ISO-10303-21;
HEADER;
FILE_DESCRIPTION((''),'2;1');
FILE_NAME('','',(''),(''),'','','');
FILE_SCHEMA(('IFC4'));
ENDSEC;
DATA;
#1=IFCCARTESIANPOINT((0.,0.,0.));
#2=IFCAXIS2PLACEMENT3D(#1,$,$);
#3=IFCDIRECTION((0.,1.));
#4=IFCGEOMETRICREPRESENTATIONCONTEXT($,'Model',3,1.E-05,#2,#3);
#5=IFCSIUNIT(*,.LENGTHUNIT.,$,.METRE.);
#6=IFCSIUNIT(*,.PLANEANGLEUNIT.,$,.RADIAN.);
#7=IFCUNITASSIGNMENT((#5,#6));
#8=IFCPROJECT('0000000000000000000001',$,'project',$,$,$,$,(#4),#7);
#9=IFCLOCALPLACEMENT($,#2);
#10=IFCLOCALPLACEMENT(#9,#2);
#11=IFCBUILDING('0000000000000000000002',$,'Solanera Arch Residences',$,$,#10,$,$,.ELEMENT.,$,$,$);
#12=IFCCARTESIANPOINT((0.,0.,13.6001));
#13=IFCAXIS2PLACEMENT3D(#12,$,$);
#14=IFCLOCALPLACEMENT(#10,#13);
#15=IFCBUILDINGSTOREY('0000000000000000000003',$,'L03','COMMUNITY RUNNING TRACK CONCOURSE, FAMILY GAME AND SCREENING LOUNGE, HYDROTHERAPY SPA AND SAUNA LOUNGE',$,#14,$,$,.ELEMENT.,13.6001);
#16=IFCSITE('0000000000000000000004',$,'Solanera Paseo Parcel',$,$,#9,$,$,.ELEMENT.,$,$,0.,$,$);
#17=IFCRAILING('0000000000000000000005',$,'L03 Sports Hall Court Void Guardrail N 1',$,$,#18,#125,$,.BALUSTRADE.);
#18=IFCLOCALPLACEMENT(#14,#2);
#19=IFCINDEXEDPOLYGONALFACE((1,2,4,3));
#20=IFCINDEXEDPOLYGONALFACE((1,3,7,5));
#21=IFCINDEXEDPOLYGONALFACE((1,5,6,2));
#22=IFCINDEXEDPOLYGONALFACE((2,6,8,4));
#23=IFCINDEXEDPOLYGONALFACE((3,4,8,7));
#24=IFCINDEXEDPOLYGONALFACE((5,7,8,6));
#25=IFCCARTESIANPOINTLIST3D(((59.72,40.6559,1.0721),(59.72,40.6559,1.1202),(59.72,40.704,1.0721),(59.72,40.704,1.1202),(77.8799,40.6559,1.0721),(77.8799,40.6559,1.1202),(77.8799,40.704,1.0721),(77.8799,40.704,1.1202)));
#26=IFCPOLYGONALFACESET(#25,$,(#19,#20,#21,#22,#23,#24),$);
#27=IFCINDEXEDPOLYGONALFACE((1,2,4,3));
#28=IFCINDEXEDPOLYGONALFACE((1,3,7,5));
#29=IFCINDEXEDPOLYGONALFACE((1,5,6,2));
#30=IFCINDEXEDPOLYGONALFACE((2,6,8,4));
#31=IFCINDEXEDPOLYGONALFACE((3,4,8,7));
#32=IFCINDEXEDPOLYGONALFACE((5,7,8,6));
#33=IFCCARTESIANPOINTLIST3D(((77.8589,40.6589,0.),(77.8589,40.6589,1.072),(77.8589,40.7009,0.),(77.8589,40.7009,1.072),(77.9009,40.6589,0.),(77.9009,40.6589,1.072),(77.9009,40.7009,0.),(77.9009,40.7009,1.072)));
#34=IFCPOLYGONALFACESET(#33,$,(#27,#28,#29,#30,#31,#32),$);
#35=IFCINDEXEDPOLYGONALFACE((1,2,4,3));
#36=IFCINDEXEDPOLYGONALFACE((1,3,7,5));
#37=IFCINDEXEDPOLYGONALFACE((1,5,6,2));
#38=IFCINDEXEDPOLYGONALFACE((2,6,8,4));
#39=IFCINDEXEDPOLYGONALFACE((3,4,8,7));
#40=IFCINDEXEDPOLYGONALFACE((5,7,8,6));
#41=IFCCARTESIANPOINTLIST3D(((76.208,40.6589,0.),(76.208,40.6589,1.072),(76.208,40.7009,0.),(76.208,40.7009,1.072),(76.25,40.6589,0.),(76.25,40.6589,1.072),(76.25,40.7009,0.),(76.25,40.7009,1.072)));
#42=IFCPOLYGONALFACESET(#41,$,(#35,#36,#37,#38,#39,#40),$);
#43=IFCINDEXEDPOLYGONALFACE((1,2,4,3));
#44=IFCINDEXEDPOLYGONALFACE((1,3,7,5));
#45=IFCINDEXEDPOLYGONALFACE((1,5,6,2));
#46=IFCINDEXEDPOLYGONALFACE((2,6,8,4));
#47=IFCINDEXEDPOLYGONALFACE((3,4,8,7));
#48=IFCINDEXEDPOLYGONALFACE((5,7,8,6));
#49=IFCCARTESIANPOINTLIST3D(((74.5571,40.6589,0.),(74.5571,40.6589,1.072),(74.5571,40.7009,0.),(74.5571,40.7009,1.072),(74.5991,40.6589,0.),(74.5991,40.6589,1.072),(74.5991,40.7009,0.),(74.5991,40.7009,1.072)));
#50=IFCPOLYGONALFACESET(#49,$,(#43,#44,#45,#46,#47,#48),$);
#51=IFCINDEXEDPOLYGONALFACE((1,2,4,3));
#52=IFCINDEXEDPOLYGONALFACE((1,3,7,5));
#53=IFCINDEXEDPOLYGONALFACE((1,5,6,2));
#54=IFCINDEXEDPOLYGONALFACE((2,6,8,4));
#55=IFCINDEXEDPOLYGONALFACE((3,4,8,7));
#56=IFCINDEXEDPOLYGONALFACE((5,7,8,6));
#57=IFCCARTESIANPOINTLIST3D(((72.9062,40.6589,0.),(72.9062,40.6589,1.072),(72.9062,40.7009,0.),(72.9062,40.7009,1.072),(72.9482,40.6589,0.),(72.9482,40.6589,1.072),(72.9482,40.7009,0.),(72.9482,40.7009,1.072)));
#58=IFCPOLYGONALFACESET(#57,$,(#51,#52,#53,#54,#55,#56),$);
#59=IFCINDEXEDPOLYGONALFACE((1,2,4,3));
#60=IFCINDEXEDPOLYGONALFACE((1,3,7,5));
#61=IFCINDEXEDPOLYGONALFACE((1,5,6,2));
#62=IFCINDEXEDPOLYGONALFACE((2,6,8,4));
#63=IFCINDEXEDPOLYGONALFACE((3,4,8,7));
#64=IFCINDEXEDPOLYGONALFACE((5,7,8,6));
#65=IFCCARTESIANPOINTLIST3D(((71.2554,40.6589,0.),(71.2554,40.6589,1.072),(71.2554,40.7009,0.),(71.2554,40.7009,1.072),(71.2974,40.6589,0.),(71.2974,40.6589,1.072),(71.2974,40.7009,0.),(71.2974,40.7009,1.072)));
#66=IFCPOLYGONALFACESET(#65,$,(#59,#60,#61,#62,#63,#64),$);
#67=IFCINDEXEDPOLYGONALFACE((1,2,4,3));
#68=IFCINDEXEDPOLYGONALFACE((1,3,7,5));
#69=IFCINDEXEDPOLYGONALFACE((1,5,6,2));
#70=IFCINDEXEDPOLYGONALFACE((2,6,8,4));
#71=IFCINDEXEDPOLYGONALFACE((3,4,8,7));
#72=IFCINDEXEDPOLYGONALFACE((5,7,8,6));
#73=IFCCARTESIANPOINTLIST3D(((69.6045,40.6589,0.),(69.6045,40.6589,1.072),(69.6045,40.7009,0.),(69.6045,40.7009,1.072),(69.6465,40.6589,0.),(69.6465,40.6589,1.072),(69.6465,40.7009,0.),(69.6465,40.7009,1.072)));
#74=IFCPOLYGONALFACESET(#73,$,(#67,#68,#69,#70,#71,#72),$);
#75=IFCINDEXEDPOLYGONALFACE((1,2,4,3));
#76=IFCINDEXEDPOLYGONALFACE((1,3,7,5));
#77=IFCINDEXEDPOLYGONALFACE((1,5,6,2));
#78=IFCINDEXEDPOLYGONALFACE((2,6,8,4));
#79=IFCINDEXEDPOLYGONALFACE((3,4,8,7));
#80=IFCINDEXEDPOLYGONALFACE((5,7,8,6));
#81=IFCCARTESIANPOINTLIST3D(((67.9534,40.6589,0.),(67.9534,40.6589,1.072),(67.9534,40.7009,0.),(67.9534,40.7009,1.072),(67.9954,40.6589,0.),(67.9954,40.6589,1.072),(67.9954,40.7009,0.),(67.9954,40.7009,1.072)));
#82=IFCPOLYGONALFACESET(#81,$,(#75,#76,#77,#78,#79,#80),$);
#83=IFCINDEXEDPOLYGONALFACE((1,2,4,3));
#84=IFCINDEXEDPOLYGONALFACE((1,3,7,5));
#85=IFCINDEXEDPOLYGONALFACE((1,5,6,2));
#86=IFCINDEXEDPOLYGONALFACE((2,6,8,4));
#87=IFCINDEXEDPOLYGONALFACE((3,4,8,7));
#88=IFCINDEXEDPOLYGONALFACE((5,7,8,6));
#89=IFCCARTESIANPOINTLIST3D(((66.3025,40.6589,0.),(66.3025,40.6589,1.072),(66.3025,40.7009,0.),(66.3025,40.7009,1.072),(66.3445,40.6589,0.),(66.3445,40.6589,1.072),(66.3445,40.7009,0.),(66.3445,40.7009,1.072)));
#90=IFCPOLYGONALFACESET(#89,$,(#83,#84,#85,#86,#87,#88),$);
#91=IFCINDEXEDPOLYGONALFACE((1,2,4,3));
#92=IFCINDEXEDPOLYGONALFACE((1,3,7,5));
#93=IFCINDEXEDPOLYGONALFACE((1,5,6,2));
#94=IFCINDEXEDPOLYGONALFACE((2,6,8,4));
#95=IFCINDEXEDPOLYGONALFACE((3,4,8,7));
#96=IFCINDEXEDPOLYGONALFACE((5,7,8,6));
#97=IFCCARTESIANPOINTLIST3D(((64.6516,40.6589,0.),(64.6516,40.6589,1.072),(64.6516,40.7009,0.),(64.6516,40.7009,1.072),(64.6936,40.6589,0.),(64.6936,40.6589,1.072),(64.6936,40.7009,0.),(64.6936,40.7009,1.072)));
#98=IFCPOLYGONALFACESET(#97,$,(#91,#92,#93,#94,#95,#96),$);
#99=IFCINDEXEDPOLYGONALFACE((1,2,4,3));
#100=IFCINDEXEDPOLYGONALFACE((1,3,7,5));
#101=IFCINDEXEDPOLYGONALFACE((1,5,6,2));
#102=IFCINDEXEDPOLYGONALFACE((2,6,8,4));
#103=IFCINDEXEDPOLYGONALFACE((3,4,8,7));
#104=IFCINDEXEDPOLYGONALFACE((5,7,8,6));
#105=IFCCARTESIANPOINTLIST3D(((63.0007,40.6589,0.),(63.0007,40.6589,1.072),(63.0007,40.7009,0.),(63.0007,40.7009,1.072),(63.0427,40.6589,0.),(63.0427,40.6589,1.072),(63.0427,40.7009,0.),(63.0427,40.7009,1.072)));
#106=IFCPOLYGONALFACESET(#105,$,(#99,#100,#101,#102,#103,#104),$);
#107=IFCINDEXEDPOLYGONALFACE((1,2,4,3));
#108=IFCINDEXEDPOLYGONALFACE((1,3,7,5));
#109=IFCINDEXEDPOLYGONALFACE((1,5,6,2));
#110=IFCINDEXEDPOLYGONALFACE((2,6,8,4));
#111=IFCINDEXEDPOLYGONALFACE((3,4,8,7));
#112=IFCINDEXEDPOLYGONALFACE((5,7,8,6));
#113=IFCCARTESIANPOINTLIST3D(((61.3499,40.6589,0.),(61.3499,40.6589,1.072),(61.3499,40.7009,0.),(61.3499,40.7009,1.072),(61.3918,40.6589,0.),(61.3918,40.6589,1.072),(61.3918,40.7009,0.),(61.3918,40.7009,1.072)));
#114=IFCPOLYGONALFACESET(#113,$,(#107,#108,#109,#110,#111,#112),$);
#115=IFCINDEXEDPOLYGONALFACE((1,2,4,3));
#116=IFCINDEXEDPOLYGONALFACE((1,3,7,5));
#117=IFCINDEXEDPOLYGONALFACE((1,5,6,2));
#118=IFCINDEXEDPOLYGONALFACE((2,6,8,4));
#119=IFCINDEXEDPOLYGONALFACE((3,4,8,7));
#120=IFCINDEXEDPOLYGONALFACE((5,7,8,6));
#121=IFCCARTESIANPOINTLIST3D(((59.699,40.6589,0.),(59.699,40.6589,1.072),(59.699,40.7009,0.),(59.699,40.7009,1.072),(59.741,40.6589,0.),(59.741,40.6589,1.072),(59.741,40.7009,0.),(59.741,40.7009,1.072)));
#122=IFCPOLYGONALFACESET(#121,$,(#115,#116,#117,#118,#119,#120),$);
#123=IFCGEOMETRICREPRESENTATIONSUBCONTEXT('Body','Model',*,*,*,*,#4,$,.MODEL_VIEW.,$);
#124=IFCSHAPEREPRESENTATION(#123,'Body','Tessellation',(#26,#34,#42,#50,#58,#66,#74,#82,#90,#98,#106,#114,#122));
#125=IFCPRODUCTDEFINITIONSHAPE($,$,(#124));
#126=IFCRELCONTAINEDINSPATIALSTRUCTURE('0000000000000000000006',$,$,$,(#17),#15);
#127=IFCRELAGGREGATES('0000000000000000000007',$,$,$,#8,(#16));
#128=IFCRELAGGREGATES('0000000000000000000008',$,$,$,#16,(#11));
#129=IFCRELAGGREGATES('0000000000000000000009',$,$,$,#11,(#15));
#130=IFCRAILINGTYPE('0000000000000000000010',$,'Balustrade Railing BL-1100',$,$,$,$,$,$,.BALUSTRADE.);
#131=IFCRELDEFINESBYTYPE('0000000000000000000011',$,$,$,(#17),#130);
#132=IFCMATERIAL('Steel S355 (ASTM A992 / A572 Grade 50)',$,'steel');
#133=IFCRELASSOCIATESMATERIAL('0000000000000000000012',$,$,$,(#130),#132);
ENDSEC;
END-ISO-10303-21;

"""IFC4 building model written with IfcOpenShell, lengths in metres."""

from ifc_helpers import new_model, si_unit, direction, frame, origin, origin_2d, place, context, subcontext, project, spatial, rectangle, extrude, material, type_object, element, save


model = new_model("IFC4")

# Units and contexts
model_context = context("Model", 3, precision=1e-05, world=origin(), true_north=direction((0.0, 1.0)))
body_context = subcontext(model_context, "Body", "Model", "MODEL_VIEW")
ifc_project = project(units=[si_unit("LENGTHUNIT", "METRE"), si_unit("PLANEANGLEUNIT", "RADIAN")], contexts=[model_context])

# Site, building, storey
site_placement = place(None, origin())
site = spatial("IfcSite", under=ifc_project, at=site_placement, Name="Solanera Paseo Parcel", CompositionType="ELEMENT", RefElevation=0.0)
building_placement = place(site_placement, origin())
building = spatial("IfcBuilding", under=site, at=building_placement, Name="Solanera Arch Residences", CompositionType="ELEMENT")
storey_placement = place(building_placement, frame((0.0, 0.0, 13.6001)))
storey = spatial("IfcBuildingStorey", under=building, at=storey_placement, Name="L03", Description="COMMUNITY RUNNING TRACK CONCOURSE, FAMILY GAME AND SCREENING LOUNGE, HYDROTHERAPY SPA AND SAUNA LOUNGE", CompositionType="ELEMENT", Elevation=13.6001)

# Railing
ifc_material_1 = material(Name="Steel S355 (ASTM A992 / A572 Grade 50)", Category="steel")
railing_type = type_object("IfcRailingType", Name="Balustrade Railing BL-1100", PredefinedType="BALUSTRADE", material=ifc_material_1)
railing_placement = place(storey_placement, frame((77.8799, 40.6799, 0.0)))
element("IfcRailing", 1, at=railing_placement, inside=storey, type_object=railing_type, Name="L03 Sports Hall Court Void Guardrail N 1", PredefinedType="BALUSTRADE", context=body_context, shape_type="SweptSolid", body=[
    extrude(rectangle(XDim=0.0481, YDim=0.0481, at=origin_2d()), frame((0.0, 0.0, 1.0962), z_axis=(-1.0, 0.0, 0.0), x_axis=(0.0, -1.0, 0.0)), (0.0, 0.0, 1.0), 18.1599),
    extrude(rectangle(XDim=0.042, YDim=0.042, at=origin_2d()), origin(), (0.0, 0.0, 1.0), 1.072),
    extrude(rectangle(XDim=0.042, YDim=0.042, at=origin_2d()), frame((-1.6509, 0.0, 0.0)), (0.0, 0.0, 1.0), 1.072),
    extrude(rectangle(XDim=0.042, YDim=0.042, at=origin_2d()), frame((-3.3018, 0.0, 0.0)), (0.0, 0.0, 1.0), 1.072),
    extrude(rectangle(XDim=0.042, YDim=0.042, at=origin_2d()), frame((-4.9526, 0.0, 0.0)), (0.0, 0.0, 1.0), 1.072),
    extrude(rectangle(XDim=0.042, YDim=0.042, at=origin_2d()), frame((-6.6035, 0.0, 0.0)), (0.0, 0.0, 1.0), 1.072),
    extrude(rectangle(XDim=0.042, YDim=0.042, at=origin_2d()), frame((-8.2544, 0.0, 0.0)), (0.0, 0.0, 1.0), 1.072),
    extrude(rectangle(XDim=0.042, YDim=0.042, at=origin_2d()), frame((-9.9055, 0.0, 0.0)), (0.0, 0.0, 1.0), 1.072),
    extrude(rectangle(XDim=0.042, YDim=0.042, at=origin_2d()), frame((-11.5564, 0.0, 0.0)), (0.0, 0.0, 1.0), 1.072),
    extrude(rectangle(XDim=0.042, YDim=0.042, at=origin_2d()), frame((-13.2073, 0.0, 0.0)), (0.0, 0.0, 1.0), 1.072),
    extrude(rectangle(XDim=0.042, YDim=0.042, at=origin_2d()), frame((-14.8582, 0.0, 0.0)), (0.0, 0.0, 1.0), 1.072),
    extrude(rectangle(XDim=0.042, YDim=0.042, at=origin_2d()), frame((-16.509, 0.0, 0.0)), (0.0, 0.0, 1.0), 1.072),
    extrude(rectangle(XDim=0.042, YDim=0.042, at=origin_2d()), frame((-18.1599, 0.0, 0.0)), (0.0, 0.0, 1.0), 1.072),
])

save(model, "model.ifc")
